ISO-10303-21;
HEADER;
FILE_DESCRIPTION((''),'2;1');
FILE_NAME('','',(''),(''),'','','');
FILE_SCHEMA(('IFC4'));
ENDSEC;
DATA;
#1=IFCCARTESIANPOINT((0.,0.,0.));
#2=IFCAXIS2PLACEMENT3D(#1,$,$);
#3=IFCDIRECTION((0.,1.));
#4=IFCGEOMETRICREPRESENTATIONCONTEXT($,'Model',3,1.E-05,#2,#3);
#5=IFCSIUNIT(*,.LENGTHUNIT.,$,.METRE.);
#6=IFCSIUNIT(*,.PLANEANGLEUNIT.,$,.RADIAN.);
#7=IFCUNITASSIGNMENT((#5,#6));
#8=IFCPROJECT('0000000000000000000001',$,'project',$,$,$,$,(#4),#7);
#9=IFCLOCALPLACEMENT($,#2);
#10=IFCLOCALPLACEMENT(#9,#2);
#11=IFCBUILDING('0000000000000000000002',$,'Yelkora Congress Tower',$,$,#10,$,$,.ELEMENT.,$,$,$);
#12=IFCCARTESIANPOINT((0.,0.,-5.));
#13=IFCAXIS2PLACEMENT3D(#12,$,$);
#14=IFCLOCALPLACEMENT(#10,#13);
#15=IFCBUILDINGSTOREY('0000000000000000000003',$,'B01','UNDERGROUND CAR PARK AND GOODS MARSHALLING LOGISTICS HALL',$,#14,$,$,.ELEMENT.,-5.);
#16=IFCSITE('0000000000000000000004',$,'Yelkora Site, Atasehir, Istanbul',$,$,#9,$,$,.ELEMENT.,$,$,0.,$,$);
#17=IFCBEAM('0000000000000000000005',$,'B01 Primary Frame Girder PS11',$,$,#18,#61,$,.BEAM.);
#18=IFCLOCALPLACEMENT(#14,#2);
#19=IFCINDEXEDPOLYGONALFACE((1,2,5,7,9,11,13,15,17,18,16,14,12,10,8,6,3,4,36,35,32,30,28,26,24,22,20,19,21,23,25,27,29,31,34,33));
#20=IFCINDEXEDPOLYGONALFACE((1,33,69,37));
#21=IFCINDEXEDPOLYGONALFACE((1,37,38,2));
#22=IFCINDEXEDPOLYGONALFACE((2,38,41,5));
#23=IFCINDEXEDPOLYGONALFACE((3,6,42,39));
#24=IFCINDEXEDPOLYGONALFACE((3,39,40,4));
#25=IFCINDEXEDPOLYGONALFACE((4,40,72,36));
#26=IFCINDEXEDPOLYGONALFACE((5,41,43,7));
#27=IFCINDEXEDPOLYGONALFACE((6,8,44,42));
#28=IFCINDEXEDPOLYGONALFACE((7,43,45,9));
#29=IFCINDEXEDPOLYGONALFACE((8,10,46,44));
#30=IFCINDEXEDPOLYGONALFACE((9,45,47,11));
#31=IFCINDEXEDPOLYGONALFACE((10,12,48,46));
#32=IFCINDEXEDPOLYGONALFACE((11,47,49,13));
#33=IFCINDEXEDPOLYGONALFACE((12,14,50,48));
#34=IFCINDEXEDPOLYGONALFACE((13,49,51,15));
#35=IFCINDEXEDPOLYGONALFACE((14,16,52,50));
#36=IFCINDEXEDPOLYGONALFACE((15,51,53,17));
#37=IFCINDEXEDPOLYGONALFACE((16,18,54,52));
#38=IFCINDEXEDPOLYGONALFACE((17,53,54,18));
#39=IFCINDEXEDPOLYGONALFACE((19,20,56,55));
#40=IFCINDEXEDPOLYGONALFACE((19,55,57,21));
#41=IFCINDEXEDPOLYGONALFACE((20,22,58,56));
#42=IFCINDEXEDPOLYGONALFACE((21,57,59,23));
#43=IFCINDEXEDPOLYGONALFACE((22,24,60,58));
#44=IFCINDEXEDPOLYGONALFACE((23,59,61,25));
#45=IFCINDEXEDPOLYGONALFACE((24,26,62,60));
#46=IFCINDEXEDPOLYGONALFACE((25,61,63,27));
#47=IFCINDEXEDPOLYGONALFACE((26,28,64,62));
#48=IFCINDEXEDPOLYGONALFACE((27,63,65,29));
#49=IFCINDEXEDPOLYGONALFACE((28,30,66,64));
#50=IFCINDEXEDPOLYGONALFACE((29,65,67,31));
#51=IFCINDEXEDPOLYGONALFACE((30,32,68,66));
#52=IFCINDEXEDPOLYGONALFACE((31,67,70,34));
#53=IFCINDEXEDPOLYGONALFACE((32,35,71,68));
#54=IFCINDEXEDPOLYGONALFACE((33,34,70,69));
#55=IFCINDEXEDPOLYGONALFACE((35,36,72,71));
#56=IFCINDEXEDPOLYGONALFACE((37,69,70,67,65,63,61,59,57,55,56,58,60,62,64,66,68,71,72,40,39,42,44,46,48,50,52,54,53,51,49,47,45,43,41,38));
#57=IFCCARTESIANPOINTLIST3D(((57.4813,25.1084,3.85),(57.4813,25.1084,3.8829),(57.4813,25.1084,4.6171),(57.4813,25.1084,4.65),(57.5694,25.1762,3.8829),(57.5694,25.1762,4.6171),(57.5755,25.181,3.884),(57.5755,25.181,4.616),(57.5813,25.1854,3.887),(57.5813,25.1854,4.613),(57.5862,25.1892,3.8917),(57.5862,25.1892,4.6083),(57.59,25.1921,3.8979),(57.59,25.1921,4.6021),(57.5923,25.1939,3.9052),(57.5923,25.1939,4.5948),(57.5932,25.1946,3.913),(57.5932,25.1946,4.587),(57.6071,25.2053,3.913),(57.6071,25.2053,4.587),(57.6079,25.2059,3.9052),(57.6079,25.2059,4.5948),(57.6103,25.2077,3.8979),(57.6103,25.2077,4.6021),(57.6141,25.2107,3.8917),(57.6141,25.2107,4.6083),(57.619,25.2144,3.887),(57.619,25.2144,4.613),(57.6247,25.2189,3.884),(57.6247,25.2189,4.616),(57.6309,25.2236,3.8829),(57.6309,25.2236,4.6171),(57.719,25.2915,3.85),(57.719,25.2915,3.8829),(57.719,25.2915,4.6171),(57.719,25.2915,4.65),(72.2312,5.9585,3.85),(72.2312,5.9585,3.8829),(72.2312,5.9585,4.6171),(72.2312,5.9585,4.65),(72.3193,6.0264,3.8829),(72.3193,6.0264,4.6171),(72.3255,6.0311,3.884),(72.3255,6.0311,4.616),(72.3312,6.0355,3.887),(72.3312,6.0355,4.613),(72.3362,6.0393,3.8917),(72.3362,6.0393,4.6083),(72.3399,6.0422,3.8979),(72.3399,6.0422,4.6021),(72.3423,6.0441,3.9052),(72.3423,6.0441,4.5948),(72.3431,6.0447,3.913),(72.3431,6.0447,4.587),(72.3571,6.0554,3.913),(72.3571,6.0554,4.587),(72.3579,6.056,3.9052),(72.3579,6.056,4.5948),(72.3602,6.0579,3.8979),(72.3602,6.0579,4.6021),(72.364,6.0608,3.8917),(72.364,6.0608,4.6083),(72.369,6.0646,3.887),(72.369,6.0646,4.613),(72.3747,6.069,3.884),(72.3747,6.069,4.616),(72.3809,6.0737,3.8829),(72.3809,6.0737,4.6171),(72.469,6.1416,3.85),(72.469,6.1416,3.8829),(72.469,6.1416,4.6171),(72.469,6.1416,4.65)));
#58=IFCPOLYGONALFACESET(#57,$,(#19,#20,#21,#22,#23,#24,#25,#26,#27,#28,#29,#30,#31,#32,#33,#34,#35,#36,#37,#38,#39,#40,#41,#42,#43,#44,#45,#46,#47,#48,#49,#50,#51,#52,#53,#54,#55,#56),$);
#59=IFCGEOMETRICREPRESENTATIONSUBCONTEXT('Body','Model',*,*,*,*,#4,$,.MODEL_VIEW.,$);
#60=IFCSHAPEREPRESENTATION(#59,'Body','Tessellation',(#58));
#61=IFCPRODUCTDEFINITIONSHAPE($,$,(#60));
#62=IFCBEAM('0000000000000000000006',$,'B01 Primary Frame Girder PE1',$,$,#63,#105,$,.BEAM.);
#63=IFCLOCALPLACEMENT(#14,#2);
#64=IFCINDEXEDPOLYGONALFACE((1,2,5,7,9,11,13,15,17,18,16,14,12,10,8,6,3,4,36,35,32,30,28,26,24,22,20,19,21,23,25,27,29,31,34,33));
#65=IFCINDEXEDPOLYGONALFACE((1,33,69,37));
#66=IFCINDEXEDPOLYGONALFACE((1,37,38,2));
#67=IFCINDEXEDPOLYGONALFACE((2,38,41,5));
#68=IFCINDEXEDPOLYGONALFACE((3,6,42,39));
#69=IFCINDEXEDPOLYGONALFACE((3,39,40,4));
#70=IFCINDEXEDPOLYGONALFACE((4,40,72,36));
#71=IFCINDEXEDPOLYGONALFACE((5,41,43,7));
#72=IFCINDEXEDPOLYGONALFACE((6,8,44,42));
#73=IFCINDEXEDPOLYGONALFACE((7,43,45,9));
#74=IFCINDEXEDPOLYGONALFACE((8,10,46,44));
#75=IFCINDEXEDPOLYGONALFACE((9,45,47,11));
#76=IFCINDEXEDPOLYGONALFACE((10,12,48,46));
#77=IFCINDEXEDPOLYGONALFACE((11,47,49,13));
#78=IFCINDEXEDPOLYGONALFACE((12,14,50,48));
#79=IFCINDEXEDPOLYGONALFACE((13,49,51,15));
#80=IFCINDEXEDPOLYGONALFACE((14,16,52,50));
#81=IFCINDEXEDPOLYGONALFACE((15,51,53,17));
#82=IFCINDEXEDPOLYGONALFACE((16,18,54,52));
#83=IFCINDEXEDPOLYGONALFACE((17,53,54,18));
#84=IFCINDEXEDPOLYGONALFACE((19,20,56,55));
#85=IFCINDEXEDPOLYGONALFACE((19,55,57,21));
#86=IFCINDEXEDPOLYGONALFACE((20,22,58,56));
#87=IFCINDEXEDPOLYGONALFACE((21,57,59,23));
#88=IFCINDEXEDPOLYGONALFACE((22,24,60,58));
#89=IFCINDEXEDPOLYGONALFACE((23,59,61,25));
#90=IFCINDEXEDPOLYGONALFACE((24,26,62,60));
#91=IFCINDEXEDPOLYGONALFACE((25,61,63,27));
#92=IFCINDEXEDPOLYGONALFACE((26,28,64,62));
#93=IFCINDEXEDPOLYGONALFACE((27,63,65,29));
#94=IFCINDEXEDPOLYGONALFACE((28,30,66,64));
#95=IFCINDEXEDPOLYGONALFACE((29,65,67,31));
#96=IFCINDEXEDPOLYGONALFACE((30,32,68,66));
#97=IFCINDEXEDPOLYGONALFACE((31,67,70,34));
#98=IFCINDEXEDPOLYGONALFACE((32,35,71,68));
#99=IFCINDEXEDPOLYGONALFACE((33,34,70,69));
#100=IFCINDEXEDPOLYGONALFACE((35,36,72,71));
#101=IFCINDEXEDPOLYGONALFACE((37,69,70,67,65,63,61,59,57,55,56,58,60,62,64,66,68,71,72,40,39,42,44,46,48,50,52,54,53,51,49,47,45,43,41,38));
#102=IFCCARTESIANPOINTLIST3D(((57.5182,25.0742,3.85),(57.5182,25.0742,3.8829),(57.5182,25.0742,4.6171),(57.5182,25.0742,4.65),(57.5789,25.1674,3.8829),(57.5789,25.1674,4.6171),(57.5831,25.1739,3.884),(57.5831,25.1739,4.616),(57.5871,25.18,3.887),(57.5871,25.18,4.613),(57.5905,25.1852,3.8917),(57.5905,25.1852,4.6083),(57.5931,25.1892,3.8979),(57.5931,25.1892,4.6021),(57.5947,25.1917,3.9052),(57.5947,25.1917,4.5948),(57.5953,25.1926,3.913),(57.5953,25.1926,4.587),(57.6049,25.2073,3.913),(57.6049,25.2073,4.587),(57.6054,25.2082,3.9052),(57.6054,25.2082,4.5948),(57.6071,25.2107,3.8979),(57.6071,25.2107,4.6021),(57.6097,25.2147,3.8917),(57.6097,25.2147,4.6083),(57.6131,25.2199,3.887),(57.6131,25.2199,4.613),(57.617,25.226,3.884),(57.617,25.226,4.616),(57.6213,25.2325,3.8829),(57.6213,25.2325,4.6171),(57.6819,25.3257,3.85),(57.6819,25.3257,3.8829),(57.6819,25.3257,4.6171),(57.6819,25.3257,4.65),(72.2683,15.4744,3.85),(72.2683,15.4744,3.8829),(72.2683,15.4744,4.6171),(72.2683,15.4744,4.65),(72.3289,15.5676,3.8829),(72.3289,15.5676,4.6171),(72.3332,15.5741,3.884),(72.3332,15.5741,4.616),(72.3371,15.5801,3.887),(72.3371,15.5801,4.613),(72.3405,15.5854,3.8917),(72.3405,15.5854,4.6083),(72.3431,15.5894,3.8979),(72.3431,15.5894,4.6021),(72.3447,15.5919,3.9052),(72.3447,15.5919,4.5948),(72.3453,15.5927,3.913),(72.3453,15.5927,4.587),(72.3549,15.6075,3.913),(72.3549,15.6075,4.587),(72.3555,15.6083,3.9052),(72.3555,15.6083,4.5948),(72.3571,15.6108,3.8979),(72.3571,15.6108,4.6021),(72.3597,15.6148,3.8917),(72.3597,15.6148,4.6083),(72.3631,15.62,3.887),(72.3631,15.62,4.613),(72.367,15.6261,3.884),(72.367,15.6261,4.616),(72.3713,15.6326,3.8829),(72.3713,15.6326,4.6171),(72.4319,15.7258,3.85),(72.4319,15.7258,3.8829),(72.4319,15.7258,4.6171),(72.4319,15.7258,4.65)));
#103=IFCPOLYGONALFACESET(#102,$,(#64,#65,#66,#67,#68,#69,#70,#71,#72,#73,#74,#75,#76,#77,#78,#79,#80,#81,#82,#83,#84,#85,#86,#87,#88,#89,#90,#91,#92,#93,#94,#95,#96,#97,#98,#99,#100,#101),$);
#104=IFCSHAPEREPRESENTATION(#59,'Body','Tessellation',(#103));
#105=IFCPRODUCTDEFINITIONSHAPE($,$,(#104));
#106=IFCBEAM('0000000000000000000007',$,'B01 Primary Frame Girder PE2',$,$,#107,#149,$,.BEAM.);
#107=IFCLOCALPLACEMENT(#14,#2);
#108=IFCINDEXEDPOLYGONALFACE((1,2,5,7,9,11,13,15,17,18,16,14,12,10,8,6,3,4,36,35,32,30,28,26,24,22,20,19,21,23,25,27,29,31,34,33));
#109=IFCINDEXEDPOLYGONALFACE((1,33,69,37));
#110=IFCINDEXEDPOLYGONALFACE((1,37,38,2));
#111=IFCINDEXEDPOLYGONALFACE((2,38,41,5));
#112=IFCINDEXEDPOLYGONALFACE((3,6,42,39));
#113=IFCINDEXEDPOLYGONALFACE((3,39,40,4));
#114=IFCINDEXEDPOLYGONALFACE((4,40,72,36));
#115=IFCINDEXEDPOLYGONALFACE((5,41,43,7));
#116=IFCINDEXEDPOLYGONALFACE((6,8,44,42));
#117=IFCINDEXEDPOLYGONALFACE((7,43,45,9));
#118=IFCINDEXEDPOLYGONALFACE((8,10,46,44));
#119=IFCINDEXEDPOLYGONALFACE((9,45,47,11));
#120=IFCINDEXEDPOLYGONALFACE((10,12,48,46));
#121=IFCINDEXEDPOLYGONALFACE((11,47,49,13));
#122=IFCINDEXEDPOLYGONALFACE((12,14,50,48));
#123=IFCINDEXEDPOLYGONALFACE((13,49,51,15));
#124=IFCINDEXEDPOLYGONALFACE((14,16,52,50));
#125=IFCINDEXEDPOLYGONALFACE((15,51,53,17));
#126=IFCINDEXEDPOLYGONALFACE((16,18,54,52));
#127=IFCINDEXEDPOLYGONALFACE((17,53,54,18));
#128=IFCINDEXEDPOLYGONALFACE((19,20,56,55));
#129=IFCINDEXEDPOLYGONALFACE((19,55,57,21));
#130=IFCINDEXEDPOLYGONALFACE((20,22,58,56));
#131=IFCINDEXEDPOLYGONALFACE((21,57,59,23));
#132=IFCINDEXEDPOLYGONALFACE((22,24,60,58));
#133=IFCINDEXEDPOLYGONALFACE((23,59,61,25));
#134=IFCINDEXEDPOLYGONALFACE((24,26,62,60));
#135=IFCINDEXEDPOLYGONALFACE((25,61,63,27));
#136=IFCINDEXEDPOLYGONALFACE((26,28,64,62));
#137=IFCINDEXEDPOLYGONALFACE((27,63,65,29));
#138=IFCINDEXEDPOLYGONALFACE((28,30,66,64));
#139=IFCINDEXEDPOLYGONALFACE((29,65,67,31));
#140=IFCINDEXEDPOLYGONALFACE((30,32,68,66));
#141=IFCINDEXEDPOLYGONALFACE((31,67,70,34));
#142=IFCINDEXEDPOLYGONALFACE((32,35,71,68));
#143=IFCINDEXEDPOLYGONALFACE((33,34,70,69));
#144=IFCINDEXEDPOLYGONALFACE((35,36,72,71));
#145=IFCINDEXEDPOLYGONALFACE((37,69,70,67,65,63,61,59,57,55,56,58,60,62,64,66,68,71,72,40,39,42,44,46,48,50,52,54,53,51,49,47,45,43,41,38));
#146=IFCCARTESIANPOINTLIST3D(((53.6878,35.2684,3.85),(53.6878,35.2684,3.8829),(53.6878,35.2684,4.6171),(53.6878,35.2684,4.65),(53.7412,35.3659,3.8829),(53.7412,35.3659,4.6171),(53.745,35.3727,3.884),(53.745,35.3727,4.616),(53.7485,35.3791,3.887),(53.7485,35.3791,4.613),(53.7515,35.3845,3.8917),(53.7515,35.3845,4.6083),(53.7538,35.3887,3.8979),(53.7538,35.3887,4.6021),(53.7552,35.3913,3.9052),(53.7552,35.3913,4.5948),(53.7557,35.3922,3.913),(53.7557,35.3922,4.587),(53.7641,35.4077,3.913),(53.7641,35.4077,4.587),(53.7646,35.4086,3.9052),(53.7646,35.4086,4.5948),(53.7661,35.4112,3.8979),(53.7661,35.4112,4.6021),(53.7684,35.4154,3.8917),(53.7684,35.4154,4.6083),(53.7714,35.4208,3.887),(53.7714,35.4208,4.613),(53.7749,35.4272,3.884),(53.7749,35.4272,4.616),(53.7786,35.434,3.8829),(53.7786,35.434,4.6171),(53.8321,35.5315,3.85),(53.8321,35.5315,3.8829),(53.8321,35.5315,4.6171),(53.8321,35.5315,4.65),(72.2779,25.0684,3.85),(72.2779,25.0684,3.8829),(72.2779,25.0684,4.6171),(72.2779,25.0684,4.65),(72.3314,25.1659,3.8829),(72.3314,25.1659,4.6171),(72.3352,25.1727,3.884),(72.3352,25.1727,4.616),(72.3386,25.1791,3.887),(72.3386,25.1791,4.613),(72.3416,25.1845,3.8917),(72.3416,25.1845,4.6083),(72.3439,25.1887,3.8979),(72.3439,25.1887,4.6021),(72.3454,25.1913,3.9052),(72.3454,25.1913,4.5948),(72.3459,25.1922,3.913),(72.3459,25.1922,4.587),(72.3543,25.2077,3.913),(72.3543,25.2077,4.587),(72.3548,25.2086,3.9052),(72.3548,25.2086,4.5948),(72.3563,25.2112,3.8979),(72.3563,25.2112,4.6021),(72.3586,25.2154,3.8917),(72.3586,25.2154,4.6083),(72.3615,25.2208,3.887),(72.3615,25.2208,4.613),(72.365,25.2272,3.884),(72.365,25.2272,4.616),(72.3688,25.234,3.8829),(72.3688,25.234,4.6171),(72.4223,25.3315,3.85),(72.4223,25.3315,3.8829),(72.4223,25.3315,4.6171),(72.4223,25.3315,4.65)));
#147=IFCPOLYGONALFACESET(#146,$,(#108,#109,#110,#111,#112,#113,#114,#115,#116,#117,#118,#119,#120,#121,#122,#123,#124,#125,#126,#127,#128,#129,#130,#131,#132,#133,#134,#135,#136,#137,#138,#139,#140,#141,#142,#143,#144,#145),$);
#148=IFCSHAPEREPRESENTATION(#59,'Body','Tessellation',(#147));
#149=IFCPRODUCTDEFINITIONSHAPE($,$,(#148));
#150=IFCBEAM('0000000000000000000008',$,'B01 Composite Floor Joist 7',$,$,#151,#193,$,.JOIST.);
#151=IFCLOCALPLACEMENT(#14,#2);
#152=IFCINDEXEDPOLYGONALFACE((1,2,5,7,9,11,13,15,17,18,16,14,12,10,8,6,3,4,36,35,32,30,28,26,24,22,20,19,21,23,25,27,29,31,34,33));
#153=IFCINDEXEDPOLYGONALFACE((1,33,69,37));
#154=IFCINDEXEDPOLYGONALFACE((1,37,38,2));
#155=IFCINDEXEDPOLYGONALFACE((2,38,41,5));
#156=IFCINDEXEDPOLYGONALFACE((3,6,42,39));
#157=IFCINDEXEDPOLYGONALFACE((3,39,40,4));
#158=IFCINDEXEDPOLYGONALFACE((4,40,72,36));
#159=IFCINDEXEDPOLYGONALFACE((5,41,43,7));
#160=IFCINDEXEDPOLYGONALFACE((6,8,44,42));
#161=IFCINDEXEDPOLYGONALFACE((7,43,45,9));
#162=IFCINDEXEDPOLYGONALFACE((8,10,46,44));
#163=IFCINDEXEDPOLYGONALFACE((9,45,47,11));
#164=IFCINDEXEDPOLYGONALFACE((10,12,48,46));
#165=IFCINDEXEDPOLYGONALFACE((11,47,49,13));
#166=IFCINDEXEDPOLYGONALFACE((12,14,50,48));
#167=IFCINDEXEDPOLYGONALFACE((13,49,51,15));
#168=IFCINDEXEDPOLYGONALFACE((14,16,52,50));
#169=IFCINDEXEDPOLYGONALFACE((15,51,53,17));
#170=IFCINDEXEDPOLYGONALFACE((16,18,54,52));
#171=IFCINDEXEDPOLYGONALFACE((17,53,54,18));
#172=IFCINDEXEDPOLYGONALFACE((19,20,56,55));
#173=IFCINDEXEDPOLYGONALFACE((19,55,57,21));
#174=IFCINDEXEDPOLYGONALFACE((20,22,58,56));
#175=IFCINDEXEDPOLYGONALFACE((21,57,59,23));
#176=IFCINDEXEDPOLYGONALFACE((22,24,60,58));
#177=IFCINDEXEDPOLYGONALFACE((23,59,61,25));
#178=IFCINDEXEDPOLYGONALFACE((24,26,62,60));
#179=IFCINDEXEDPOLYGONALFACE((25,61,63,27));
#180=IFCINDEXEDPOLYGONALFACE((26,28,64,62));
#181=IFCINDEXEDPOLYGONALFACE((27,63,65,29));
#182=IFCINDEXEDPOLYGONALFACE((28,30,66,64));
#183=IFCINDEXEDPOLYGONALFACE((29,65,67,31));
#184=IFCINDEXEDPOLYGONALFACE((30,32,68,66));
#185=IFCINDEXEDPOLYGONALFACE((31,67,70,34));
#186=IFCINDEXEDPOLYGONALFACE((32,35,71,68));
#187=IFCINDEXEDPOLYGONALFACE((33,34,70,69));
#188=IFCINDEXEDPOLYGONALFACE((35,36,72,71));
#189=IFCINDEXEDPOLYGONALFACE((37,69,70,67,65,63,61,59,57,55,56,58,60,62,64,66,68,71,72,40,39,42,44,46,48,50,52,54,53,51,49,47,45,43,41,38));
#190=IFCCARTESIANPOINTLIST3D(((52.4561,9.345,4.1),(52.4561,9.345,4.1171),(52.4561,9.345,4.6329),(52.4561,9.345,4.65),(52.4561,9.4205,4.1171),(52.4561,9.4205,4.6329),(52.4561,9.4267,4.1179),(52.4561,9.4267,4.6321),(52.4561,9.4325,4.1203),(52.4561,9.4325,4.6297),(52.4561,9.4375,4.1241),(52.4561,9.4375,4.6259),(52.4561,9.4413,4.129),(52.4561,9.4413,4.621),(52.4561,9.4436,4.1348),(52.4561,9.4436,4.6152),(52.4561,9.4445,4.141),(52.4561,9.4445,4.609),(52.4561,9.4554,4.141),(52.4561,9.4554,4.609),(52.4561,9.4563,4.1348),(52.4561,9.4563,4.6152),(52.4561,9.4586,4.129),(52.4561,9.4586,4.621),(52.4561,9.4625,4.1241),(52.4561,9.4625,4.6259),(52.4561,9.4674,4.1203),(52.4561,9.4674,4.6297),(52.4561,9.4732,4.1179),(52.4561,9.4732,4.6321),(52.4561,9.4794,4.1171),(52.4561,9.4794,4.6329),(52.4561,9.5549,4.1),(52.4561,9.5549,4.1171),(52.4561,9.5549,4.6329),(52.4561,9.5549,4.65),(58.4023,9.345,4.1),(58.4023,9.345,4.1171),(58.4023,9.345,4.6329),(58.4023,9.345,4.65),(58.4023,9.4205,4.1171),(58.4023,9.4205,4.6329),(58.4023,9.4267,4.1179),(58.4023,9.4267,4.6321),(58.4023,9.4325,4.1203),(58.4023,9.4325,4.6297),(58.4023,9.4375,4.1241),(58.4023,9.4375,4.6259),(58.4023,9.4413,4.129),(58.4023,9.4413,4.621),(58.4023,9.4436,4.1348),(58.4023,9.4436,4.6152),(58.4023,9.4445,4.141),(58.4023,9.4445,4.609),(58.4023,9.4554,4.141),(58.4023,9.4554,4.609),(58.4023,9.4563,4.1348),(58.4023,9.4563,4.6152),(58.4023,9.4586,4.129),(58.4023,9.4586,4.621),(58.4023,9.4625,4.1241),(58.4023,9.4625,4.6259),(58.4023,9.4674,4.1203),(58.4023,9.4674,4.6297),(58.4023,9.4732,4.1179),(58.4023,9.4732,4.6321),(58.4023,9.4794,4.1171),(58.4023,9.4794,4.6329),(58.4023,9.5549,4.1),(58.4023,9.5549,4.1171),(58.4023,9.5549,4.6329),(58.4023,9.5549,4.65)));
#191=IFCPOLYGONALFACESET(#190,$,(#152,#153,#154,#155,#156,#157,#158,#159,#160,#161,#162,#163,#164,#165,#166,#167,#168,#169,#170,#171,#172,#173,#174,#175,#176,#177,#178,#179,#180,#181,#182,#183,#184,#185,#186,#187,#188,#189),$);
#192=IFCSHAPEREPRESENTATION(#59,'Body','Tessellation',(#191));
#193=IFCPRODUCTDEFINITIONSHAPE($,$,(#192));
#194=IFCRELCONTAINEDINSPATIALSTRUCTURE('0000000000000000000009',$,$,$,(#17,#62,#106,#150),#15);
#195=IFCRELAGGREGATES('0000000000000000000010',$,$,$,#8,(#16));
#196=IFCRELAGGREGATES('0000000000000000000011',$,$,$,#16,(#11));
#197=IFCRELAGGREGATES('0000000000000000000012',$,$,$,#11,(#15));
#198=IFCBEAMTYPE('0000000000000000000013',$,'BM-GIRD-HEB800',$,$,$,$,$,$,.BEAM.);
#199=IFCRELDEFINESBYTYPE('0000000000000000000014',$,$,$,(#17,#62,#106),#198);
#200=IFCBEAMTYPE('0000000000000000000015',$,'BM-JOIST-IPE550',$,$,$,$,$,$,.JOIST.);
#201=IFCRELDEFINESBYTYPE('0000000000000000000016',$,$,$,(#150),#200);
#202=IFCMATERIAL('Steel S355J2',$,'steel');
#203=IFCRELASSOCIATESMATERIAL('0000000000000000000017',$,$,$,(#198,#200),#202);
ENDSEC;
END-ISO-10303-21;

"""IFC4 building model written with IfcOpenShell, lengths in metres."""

from ifc_helpers import new_model, si_unit, direction, frame, origin, origin_2d, place, context, subcontext, project, spatial, i_section, extrude, material, material_profile, profile_set, type_object, element, save


model = new_model("IFC4")

# Units and contexts
model_context = context("Model", 3, precision=1e-05, world=origin(), true_north=direction((0.0, 1.0)))
body_context = subcontext(model_context, "Body", "Model", "MODEL_VIEW")
ifc_project = project(units=[si_unit("LENGTHUNIT", "METRE"), si_unit("PLANEANGLEUNIT", "RADIAN")], contexts=[model_context])

# Site, building, storey
site_placement = place(None, origin())
site = spatial("IfcSite", under=ifc_project, at=site_placement, Name="Yelkora Site, Atasehir, Istanbul", CompositionType="ELEMENT", RefElevation=0.0)
building_placement = place(site_placement, origin())
building = spatial("IfcBuilding", under=site, at=building_placement, Name="Yelkora Congress Tower", CompositionType="ELEMENT")
storey_placement = place(building_placement, frame((0.0, 0.0, -5.0)))
storey = spatial("IfcBuildingStorey", under=building, at=storey_placement, Name="B01", Description="UNDERGROUND CAR PARK AND GOODS MARSHALLING LOGISTICS HALL", CompositionType="ELEMENT", Elevation=-5.0)

# Beams
ifc_material_1 = material(Name="Steel S355J2", Category="steel")
ifc_material_profile_1 = material_profile(ifc_material_1, i_section(OverallWidth=0.3, OverallDepth=0.8, WebThickness=0.0176, FlangeThickness=0.033, FilletRadius=0.03, at=origin_2d()), Name="HEB 800")
ifc_profile_set_1 = profile_set([ifc_material_profile_1], Name="Steel S355J2")
beam_type_1 = type_object("IfcBeamType", Name="BM-GIRD-HEB800", PredefinedType="BEAM", material=ifc_profile_set_1)
beam_1_placement = place(storey_placement, frame((72.3501, 6.05, 4.25), z_axis=(-0.610212, 0.792238, 0.0), x_axis=(-0.792238, -0.610212, 0.0)))
element("IfcBeam", 1, at=beam_1_placement, inside=storey, type_object=beam_type_1, Name="B01 Primary Frame Girder PS11", PredefinedType="BEAM", context=body_context, shape_type="SweptSolid", body=[
    extrude(i_section(OverallWidth=0.3, OverallDepth=0.8, WebThickness=0.0176, FlangeThickness=0.033, FilletRadius=0.03, at=origin_2d()), origin(), (0.0, 0.0, 1.0), 24.1719),
])
beam_2_placement = place(storey_placement, frame((72.3501, 15.6001, 4.25), z_axis=(-0.838123, 0.545482, 0.0), x_axis=(-0.545482, -0.838123, 0.0)))
element("IfcBeam", 2, at=beam_2_placement, inside=storey, type_object=beam_type_1, Name="B01 Primary Frame Girder PE1", PredefinedType="BEAM", context=body_context, shape_type="SweptSolid", body=[
    extrude(i_section(OverallWidth=0.3, OverallDepth=0.8, WebThickness=0.0176, FlangeThickness=0.033, FilletRadius=0.03, at=origin_2d()), origin(), (0.0, 0.0, 1.0), 17.5989),
])
beam_3_placement = place(storey_placement, frame((72.3501, 25.2, 4.25), z_axis=(-0.876705, 0.481028, 0.0), x_axis=(-0.481028, -0.876705, 0.0)))
element("IfcBeam", 3, at=beam_3_placement, inside=storey, type_object=beam_type_1, Name="B01 Primary Frame Girder PE2", PredefinedType="BEAM", context=body_context, shape_type="SweptSolid", body=[
    extrude(i_section(OverallWidth=0.3, OverallDepth=0.8, WebThickness=0.0176, FlangeThickness=0.033, FilletRadius=0.03, at=origin_2d()), origin(), (0.0, 0.0, 1.0), 21.2046),
])
ifc_material_profile_2 = material_profile(ifc_material_1, i_section(OverallWidth=0.21, OverallDepth=0.55, WebThickness=0.011, FlangeThickness=0.0171, FilletRadius=0.0239, at=origin_2d()), Name="IPE 550")
ifc_profile_set_2 = profile_set([ifc_material_profile_2], Name="Steel S355J2")
beam_type_2 = type_object("IfcBeamType", Name="BM-JOIST-IPE550", PredefinedType="JOIST", material=ifc_profile_set_2)
beam_4_placement = place(storey_placement, frame((52.4561, 9.45, 4.375), z_axis=(1.0, 0.0, 0.0), x_axis=(0.0, 1.0, 0.0)))
element("IfcBeam", 4, at=beam_4_placement, inside=storey, type_object=beam_type_2, Name="B01 Composite Floor Joist 7", PredefinedType="JOIST", context=body_context, shape_type="SweptSolid", body=[
    extrude(i_section(OverallWidth=0.21, OverallDepth=0.55, WebThickness=0.011, FlangeThickness=0.0171, FilletRadius=0.0239, at=origin_2d()), origin(), (0.0, 0.0, 1.0), 5.9463),
])

save(model, "model.ifc")
